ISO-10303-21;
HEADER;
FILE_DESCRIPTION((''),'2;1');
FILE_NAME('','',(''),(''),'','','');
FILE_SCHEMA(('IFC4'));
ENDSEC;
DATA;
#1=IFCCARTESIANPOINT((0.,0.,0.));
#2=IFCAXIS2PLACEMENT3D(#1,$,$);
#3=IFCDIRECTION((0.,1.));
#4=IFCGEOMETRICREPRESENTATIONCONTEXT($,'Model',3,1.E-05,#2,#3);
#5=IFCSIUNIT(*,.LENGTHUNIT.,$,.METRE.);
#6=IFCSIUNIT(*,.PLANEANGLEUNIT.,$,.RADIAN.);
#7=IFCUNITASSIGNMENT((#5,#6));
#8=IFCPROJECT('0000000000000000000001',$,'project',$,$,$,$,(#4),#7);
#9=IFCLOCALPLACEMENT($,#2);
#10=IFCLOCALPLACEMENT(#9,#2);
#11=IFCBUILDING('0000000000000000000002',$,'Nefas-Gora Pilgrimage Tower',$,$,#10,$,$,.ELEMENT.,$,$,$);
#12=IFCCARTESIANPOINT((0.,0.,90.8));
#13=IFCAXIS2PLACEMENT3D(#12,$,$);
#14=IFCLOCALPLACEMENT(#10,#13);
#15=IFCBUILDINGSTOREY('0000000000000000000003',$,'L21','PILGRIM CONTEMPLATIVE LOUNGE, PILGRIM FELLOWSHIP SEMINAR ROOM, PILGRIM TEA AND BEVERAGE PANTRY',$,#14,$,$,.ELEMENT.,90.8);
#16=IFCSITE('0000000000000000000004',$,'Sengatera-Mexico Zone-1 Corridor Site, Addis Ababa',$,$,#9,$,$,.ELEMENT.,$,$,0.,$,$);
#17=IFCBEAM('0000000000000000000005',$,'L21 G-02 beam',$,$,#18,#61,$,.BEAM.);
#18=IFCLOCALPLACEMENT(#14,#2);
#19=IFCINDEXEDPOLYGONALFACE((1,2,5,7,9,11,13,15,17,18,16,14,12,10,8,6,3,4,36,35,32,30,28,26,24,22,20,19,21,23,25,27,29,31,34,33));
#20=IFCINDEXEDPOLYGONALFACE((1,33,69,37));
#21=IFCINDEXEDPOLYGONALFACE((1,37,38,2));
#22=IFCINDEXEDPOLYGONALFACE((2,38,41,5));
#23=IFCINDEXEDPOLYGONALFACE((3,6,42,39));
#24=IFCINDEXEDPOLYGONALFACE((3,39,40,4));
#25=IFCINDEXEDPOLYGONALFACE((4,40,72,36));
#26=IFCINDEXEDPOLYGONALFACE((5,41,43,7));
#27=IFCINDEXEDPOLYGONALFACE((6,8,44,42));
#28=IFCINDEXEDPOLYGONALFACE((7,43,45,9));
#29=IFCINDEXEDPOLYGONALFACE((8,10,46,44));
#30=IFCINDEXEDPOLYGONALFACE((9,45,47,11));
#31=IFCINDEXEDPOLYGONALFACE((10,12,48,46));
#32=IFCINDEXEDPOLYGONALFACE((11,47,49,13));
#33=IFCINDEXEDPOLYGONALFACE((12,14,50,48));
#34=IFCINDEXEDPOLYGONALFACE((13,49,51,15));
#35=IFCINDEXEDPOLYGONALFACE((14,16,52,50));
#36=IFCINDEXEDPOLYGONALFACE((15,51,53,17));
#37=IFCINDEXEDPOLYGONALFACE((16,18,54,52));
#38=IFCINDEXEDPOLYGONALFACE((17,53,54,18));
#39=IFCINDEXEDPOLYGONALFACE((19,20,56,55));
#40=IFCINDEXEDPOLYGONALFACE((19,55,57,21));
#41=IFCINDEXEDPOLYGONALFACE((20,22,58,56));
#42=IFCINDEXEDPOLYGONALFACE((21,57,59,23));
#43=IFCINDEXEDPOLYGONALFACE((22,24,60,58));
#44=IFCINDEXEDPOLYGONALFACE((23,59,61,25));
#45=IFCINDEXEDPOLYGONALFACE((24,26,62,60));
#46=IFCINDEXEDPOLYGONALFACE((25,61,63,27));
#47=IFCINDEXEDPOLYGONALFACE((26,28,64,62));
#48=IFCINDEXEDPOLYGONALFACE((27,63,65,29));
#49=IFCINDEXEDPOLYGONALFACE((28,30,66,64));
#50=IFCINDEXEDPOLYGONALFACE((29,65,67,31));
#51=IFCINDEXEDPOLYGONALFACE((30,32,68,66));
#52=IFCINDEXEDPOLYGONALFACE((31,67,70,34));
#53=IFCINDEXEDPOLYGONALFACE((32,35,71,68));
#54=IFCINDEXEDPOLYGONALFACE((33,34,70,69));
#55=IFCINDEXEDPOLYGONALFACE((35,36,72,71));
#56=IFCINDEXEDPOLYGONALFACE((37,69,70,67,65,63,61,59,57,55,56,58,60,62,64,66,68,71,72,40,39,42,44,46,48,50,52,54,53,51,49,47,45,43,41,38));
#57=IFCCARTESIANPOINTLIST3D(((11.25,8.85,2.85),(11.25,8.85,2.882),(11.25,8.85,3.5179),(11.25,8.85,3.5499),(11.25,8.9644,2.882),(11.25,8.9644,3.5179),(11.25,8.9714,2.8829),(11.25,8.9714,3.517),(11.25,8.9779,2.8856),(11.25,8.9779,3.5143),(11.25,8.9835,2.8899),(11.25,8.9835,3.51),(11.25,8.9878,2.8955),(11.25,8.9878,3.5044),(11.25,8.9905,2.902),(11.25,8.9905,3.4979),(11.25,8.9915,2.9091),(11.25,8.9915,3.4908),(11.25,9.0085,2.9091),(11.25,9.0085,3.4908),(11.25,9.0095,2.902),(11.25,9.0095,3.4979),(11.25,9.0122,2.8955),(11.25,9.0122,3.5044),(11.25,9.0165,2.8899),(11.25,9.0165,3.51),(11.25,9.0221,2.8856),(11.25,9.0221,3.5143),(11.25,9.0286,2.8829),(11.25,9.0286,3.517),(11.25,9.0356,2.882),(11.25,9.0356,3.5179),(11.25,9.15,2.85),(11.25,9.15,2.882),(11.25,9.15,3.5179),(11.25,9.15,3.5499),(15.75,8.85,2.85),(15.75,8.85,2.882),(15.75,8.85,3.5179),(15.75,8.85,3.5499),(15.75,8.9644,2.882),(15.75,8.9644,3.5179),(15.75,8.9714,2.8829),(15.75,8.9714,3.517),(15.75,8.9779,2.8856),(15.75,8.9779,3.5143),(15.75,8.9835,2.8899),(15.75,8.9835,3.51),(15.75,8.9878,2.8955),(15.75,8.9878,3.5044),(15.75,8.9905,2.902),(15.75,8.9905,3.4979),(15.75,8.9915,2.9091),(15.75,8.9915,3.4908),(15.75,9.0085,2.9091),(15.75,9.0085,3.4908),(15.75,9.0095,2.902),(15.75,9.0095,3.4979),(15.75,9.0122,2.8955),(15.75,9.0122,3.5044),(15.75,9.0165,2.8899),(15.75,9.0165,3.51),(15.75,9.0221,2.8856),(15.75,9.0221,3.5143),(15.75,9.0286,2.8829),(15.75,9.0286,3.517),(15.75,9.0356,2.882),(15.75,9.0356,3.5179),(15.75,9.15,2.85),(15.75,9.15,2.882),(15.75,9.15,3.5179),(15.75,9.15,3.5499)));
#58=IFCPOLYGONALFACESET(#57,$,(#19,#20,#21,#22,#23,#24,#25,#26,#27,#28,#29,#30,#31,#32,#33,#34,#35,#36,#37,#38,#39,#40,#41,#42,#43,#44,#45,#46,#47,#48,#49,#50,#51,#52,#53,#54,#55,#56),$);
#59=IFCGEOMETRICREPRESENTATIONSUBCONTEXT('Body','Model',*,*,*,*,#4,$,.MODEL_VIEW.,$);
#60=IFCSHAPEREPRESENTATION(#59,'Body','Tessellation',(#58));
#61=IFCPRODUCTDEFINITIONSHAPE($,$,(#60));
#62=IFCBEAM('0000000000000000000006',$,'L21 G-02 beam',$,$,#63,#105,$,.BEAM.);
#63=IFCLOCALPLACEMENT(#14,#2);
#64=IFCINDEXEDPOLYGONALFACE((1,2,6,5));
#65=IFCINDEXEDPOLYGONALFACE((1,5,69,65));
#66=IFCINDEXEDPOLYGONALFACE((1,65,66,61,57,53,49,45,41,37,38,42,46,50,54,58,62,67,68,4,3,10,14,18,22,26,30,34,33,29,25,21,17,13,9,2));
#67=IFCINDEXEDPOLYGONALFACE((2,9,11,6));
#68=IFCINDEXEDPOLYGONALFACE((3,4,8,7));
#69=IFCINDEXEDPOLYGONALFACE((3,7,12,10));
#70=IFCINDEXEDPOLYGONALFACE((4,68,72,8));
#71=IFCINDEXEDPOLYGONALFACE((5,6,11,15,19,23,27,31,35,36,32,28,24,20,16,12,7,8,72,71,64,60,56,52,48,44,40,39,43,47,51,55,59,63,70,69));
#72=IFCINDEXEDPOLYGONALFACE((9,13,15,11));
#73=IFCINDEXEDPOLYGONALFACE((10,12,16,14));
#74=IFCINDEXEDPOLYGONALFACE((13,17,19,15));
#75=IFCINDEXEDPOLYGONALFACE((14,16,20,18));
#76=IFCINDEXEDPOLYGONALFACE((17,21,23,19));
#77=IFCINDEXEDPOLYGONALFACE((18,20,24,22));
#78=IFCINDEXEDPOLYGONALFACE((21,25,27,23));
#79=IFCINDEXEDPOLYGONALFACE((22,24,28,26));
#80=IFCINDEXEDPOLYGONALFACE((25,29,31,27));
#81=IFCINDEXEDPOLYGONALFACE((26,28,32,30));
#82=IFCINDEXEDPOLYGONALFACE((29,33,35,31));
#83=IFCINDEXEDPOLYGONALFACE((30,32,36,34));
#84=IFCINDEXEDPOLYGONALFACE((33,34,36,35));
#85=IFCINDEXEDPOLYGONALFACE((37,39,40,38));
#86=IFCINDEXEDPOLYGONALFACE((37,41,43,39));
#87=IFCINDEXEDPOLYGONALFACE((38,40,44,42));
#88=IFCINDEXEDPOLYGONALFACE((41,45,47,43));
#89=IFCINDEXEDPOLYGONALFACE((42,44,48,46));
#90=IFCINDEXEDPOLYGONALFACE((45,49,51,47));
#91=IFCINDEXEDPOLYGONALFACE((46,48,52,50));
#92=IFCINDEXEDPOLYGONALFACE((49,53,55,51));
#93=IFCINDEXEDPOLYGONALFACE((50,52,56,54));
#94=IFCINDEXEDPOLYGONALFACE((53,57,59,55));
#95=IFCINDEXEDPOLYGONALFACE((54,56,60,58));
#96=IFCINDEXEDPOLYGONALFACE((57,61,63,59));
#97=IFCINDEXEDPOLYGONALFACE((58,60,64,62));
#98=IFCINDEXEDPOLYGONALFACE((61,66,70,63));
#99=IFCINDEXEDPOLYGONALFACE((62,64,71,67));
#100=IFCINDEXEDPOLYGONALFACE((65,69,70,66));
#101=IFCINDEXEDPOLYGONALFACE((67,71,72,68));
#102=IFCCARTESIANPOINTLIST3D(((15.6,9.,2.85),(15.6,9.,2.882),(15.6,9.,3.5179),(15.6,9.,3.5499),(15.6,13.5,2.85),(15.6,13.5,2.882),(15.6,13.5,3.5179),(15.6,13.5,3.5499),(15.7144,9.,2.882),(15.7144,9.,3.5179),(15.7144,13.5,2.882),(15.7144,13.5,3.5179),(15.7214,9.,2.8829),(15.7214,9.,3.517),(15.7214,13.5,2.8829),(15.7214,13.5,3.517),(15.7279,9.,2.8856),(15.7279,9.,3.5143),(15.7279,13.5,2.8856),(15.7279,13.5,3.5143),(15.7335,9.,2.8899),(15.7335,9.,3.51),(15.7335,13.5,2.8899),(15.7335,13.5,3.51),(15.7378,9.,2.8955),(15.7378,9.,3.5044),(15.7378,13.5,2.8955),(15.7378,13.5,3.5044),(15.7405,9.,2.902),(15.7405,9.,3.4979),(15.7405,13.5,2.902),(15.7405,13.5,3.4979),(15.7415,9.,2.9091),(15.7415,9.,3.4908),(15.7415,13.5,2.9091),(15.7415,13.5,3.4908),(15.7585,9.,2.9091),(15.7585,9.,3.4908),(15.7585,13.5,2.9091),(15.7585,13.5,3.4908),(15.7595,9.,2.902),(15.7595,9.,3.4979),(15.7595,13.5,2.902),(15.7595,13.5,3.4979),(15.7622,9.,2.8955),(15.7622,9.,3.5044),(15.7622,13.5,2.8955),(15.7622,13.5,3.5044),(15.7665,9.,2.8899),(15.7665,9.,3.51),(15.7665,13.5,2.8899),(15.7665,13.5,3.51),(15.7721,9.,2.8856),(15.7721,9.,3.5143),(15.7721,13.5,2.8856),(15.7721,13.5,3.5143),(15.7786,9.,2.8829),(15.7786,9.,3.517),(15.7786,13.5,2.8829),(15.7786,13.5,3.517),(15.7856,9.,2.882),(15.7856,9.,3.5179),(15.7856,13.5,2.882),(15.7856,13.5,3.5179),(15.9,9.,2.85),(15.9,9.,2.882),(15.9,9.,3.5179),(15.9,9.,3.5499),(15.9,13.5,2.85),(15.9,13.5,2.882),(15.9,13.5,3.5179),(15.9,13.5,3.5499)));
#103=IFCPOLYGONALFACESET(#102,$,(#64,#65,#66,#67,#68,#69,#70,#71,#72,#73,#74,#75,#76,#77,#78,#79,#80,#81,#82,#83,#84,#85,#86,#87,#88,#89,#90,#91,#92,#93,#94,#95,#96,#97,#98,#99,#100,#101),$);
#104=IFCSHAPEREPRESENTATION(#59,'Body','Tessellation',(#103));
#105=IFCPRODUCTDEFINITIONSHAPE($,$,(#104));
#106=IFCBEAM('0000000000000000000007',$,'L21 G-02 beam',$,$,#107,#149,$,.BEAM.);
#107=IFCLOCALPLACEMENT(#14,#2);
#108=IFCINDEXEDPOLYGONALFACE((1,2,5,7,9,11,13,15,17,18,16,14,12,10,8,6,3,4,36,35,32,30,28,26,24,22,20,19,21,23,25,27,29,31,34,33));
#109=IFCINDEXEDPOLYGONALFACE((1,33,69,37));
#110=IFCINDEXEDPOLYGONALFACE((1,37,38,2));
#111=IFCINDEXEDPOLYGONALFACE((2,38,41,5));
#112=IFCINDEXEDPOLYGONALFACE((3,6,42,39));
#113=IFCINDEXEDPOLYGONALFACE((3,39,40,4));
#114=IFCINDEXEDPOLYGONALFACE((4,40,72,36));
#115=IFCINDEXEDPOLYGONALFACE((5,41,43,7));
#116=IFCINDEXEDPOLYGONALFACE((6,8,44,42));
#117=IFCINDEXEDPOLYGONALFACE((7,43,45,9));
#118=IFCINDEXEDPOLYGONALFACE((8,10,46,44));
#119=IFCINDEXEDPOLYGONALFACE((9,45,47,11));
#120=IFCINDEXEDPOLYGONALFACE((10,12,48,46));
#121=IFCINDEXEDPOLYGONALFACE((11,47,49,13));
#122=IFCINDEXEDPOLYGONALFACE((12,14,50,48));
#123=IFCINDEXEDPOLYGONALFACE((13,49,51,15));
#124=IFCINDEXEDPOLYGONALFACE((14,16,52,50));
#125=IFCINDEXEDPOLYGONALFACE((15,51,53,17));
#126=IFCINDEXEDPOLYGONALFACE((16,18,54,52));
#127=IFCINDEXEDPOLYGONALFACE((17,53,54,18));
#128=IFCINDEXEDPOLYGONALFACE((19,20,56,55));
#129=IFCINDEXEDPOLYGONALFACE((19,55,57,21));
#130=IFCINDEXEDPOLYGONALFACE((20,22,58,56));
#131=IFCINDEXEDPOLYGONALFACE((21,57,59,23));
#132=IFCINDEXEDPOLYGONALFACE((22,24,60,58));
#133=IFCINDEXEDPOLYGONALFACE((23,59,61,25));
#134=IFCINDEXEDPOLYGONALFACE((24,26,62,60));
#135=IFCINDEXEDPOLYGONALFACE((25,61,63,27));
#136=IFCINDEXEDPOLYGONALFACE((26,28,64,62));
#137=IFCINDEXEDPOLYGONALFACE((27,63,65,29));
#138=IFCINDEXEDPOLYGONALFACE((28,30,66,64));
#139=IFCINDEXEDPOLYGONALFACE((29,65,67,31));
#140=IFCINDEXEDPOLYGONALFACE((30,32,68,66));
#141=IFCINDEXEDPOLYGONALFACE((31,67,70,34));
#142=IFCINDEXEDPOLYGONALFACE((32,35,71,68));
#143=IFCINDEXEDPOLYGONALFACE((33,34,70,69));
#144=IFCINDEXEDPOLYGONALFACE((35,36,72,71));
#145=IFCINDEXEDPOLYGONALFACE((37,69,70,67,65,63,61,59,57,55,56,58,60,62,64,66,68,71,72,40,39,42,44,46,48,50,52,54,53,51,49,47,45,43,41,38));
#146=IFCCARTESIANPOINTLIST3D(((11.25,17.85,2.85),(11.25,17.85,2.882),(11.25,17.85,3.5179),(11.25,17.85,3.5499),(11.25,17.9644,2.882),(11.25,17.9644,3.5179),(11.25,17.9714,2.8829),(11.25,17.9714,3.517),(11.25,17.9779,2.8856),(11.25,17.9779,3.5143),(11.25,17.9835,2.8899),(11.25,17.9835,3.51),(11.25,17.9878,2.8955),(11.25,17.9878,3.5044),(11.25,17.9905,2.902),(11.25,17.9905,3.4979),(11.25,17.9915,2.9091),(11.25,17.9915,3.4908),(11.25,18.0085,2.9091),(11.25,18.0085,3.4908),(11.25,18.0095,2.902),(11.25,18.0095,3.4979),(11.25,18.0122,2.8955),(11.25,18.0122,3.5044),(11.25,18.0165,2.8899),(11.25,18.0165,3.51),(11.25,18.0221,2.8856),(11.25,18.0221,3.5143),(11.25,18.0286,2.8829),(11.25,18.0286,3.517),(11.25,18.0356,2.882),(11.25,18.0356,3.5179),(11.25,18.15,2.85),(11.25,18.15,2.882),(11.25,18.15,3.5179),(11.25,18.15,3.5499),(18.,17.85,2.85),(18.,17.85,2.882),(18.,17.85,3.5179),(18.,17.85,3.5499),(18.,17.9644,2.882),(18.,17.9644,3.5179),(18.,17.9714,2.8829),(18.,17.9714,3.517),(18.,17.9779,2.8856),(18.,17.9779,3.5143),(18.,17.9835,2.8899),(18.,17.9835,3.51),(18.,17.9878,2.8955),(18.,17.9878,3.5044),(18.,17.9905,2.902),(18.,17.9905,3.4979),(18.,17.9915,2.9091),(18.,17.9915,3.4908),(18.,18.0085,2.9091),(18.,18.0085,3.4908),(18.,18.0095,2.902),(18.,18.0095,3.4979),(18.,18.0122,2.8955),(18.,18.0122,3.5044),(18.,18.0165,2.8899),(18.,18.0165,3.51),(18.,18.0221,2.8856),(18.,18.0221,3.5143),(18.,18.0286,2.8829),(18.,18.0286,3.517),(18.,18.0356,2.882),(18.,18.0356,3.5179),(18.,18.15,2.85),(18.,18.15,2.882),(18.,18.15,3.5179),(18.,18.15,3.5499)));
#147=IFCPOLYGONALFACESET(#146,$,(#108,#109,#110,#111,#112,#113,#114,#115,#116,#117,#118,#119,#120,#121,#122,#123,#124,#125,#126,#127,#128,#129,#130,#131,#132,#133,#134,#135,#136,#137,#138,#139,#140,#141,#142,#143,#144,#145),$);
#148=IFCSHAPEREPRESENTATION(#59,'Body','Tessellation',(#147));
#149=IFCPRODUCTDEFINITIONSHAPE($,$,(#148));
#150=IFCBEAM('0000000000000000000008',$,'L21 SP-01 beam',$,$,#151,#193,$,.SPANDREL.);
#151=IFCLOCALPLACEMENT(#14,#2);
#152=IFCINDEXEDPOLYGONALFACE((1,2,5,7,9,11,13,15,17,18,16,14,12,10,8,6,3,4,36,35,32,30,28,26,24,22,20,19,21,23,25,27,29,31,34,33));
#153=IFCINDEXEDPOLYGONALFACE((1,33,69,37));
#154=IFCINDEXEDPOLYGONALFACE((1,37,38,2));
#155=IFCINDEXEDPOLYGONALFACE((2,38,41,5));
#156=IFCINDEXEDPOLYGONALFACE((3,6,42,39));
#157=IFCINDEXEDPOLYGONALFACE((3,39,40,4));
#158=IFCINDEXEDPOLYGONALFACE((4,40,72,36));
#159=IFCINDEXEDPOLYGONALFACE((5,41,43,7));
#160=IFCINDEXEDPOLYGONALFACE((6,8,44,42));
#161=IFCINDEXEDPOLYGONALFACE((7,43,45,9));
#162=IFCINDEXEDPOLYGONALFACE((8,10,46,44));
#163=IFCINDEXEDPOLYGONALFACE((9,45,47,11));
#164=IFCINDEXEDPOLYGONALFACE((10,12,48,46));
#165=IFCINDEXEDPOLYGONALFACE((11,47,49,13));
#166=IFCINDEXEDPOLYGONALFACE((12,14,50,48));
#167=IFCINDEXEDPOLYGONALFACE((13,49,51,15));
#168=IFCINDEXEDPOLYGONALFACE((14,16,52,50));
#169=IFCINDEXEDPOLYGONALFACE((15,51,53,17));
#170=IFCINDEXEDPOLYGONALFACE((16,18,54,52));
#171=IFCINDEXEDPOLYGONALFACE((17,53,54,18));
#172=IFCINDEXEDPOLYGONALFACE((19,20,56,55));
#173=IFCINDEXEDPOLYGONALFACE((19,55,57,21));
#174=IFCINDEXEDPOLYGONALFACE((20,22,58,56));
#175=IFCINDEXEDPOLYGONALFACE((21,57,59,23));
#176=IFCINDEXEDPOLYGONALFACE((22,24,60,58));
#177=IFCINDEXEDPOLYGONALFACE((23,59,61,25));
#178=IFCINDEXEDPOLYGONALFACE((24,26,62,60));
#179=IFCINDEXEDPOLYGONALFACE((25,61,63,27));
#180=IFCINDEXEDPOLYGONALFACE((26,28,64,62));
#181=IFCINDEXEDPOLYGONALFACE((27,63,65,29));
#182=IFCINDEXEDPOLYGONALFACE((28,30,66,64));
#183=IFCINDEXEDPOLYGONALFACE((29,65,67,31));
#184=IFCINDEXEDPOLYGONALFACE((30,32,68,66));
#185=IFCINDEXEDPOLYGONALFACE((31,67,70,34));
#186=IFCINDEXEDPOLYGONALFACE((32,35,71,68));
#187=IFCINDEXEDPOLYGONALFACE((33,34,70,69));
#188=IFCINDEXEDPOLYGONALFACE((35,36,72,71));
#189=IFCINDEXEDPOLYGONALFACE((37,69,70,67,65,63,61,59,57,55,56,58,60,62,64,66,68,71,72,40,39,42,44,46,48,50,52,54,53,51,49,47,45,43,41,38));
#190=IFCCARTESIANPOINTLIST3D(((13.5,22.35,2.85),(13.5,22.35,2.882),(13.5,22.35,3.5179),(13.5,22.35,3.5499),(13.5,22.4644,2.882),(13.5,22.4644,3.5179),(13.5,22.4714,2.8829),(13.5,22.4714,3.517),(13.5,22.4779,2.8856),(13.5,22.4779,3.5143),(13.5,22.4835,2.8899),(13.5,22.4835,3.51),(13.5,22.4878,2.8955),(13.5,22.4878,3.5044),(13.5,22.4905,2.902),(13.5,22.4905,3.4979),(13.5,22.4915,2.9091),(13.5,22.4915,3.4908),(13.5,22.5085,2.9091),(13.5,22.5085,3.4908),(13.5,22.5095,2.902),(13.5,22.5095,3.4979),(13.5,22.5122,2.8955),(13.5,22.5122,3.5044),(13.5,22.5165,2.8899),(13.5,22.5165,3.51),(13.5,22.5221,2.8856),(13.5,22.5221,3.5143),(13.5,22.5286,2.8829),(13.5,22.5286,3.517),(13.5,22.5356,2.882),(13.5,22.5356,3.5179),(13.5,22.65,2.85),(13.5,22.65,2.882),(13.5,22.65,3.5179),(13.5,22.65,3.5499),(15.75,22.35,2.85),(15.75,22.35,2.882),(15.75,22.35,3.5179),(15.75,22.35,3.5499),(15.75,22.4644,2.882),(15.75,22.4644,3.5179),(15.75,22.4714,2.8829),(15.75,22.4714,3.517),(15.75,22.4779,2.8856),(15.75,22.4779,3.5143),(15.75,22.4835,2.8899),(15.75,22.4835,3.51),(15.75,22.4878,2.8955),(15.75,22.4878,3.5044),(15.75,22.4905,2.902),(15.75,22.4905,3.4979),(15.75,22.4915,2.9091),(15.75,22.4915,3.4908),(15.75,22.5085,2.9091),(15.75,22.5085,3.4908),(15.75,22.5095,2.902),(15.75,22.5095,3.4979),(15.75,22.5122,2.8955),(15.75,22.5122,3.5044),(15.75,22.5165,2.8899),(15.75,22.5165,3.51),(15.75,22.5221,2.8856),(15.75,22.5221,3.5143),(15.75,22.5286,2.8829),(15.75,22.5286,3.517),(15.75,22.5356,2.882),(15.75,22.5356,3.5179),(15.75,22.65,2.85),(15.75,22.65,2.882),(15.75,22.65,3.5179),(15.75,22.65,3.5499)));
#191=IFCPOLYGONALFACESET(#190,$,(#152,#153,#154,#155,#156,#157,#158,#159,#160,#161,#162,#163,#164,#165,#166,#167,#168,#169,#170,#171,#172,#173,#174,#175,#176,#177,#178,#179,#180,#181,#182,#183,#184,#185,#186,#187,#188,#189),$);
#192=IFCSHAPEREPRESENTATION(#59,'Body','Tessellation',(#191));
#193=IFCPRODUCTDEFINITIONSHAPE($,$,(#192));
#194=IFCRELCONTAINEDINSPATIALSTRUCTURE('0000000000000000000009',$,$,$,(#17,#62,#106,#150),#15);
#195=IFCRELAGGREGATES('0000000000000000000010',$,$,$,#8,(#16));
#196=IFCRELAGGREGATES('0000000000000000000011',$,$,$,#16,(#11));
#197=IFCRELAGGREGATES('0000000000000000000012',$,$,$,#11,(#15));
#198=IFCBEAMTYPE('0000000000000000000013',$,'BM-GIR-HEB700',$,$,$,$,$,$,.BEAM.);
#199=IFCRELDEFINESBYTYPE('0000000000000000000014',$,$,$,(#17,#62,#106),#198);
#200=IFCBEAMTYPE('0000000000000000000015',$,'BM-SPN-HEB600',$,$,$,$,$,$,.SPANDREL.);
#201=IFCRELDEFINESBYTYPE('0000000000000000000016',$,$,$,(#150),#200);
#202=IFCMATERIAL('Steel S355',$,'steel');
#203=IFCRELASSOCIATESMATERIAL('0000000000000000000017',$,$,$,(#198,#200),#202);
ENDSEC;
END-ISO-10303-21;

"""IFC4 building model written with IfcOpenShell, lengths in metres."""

from ifc_helpers import new_model, si_unit, direction, frame, origin, origin_2d, place, context, subcontext, project, spatial, i_section, extrude, source, transform, mapped, material, material_profile, profile_set, type_object, element, save


model = new_model("IFC4")

# Units and contexts
model_context = context("Model", 3, precision=1e-05, world=origin(), true_north=direction((0.0, 1.0)))
body_context = subcontext(model_context, "Body", "Model", "MODEL_VIEW")
ifc_project = project(units=[si_unit("LENGTHUNIT", "METRE"), si_unit("PLANEANGLEUNIT", "RADIAN")], contexts=[model_context])

# Site, building, storey
site_placement = place(None, origin())
site = spatial("IfcSite", under=ifc_project, at=site_placement, Name="Sengatera-Mexico Zone-1 Corridor Site, Addis Ababa", CompositionType="ELEMENT", RefElevation=0.0)
building_placement = place(site_placement, origin())
building = spatial("IfcBuilding", under=site, at=building_placement, Name="Nefas-Gora Pilgrimage Tower", CompositionType="ELEMENT")
storey_placement = place(building_placement, frame((0.0, 0.0, 90.8)))
storey = spatial("IfcBuildingStorey", under=building, at=storey_placement, Name="L21", Description="PILGRIM CONTEMPLATIVE LOUNGE, PILGRIM FELLOWSHIP SEMINAR ROOM, PILGRIM TEA AND BEVERAGE PANTRY", CompositionType="ELEMENT", Elevation=90.8)

# Beams
ifc_material_1 = material(Name="Steel S355", Category="steel")
ifc_material_profile_1 = material_profile(ifc_material_1, i_section(OverallWidth=0.3, OverallDepth=0.7, WebThickness=0.0171, FlangeThickness=0.032, FilletRadius=0.0271, at=origin_2d()), Name="HEB 700")
ifc_profile_set_1 = profile_set([ifc_material_profile_1], Name="Steel S355")
beam_type_1 = type_object("IfcBeamType", Name="BM-GIR-HEB700", PredefinedType="BEAM", material=ifc_profile_set_1)
shared_shape_1 = source(origin(), body_context, "Body", "SweptSolid", [
    extrude(i_section(OverallWidth=0.3, OverallDepth=0.7, WebThickness=0.0171, FlangeThickness=0.032, FilletRadius=0.0271, at=origin_2d()), origin(), (0.0, 0.0, 1.0), 4.5),
])
for number, where, z_axis, x_axis, name in (
    (1, (11.25, 9.0, 3.2), (1.0, 0.0, 0.0), (0.0, 1.0, 0.0), "L21 G-02 beam"),
    (2, (15.75, 9.0, 3.2), (0.0, 1.0, 0.0), (-1.0, 0.0, 0.0), "L21 G-02 beam"),
):
    element("IfcBeam", number, at=place(storey_placement, frame(where, z_axis=z_axis, x_axis=x_axis)), inside=storey, type_object=beam_type_1, Name=name, PredefinedType="BEAM", context=body_context, shape_type="MappedRepresentation", body=[
        mapped(shared_shape_1, transform((0.0, 0.0, 0.0), x_axis=(1.0, 0.0, 0.0), y_axis=(0.0, 1.0, 0.0), z_axis=(0.0, 0.0, 1.0), scale=1.0)),
    ])
shared_shape_2 = source(origin(), body_context, "Body", "SweptSolid", [
    extrude(i_section(OverallWidth=0.3, OverallDepth=0.7, WebThickness=0.0171, FlangeThickness=0.032, FilletRadius=0.0271, at=origin_2d()), origin(), (0.0, 0.0, 1.0), 6.75),
])
beam_1_placement = place(storey_placement, frame((11.25, 18.0, 3.2), z_axis=(1.0, 0.0, 0.0), x_axis=(0.0, 1.0, 0.0)))
element("IfcBeam", 3, at=beam_1_placement, inside=storey, type_object=beam_type_1, Name="L21 G-02 beam", PredefinedType="BEAM", context=body_context, shape_type="MappedRepresentation", body=[
    mapped(shared_shape_2, transform((0.0, 0.0, 0.0), x_axis=(1.0, 0.0, 0.0), y_axis=(0.0, 1.0, 0.0), z_axis=(0.0, 0.0, 1.0), scale=1.0)),
])
ifc_material_profile_2 = material_profile(ifc_material_1, i_section(OverallWidth=0.3, OverallDepth=0.7, WebThickness=0.0171, FlangeThickness=0.032, FilletRadius=0.0271, at=origin_2d()), Name="HEB 700")
ifc_profile_set_2 = profile_set([ifc_material_profile_2], Name="Steel S355")
beam_type_2 = type_object("IfcBeamType", Name="BM-SPN-HEB600", PredefinedType="SPANDREL", material=ifc_profile_set_2)
shared_shape_3 = source(origin(), body_context, "Body", "SweptSolid", [
    extrude(i_section(OverallWidth=0.3, OverallDepth=0.7, WebThickness=0.0171, FlangeThickness=0.032, FilletRadius=0.0271, at=origin_2d()), origin(), (0.0, 0.0, 1.0), 2.25),
])
beam_2_placement = place(storey_placement, frame((13.5, 22.5, 3.2), z_axis=(1.0, 0.0, 0.0), x_axis=(0.0, 1.0, 0.0)))
element("IfcBeam", 4, at=beam_2_placement, inside=storey, type_object=beam_type_2, Name="L21 SP-01 beam", PredefinedType="SPANDREL", context=body_context, shape_type="MappedRepresentation", body=[
    mapped(shared_shape_3, transform((0.0, 0.0, 0.0), x_axis=(1.0, 0.0, 0.0), y_axis=(0.0, 1.0, 0.0), z_axis=(0.0, 0.0, 1.0), scale=1.0)),
])

save(model, "model.ifc")
